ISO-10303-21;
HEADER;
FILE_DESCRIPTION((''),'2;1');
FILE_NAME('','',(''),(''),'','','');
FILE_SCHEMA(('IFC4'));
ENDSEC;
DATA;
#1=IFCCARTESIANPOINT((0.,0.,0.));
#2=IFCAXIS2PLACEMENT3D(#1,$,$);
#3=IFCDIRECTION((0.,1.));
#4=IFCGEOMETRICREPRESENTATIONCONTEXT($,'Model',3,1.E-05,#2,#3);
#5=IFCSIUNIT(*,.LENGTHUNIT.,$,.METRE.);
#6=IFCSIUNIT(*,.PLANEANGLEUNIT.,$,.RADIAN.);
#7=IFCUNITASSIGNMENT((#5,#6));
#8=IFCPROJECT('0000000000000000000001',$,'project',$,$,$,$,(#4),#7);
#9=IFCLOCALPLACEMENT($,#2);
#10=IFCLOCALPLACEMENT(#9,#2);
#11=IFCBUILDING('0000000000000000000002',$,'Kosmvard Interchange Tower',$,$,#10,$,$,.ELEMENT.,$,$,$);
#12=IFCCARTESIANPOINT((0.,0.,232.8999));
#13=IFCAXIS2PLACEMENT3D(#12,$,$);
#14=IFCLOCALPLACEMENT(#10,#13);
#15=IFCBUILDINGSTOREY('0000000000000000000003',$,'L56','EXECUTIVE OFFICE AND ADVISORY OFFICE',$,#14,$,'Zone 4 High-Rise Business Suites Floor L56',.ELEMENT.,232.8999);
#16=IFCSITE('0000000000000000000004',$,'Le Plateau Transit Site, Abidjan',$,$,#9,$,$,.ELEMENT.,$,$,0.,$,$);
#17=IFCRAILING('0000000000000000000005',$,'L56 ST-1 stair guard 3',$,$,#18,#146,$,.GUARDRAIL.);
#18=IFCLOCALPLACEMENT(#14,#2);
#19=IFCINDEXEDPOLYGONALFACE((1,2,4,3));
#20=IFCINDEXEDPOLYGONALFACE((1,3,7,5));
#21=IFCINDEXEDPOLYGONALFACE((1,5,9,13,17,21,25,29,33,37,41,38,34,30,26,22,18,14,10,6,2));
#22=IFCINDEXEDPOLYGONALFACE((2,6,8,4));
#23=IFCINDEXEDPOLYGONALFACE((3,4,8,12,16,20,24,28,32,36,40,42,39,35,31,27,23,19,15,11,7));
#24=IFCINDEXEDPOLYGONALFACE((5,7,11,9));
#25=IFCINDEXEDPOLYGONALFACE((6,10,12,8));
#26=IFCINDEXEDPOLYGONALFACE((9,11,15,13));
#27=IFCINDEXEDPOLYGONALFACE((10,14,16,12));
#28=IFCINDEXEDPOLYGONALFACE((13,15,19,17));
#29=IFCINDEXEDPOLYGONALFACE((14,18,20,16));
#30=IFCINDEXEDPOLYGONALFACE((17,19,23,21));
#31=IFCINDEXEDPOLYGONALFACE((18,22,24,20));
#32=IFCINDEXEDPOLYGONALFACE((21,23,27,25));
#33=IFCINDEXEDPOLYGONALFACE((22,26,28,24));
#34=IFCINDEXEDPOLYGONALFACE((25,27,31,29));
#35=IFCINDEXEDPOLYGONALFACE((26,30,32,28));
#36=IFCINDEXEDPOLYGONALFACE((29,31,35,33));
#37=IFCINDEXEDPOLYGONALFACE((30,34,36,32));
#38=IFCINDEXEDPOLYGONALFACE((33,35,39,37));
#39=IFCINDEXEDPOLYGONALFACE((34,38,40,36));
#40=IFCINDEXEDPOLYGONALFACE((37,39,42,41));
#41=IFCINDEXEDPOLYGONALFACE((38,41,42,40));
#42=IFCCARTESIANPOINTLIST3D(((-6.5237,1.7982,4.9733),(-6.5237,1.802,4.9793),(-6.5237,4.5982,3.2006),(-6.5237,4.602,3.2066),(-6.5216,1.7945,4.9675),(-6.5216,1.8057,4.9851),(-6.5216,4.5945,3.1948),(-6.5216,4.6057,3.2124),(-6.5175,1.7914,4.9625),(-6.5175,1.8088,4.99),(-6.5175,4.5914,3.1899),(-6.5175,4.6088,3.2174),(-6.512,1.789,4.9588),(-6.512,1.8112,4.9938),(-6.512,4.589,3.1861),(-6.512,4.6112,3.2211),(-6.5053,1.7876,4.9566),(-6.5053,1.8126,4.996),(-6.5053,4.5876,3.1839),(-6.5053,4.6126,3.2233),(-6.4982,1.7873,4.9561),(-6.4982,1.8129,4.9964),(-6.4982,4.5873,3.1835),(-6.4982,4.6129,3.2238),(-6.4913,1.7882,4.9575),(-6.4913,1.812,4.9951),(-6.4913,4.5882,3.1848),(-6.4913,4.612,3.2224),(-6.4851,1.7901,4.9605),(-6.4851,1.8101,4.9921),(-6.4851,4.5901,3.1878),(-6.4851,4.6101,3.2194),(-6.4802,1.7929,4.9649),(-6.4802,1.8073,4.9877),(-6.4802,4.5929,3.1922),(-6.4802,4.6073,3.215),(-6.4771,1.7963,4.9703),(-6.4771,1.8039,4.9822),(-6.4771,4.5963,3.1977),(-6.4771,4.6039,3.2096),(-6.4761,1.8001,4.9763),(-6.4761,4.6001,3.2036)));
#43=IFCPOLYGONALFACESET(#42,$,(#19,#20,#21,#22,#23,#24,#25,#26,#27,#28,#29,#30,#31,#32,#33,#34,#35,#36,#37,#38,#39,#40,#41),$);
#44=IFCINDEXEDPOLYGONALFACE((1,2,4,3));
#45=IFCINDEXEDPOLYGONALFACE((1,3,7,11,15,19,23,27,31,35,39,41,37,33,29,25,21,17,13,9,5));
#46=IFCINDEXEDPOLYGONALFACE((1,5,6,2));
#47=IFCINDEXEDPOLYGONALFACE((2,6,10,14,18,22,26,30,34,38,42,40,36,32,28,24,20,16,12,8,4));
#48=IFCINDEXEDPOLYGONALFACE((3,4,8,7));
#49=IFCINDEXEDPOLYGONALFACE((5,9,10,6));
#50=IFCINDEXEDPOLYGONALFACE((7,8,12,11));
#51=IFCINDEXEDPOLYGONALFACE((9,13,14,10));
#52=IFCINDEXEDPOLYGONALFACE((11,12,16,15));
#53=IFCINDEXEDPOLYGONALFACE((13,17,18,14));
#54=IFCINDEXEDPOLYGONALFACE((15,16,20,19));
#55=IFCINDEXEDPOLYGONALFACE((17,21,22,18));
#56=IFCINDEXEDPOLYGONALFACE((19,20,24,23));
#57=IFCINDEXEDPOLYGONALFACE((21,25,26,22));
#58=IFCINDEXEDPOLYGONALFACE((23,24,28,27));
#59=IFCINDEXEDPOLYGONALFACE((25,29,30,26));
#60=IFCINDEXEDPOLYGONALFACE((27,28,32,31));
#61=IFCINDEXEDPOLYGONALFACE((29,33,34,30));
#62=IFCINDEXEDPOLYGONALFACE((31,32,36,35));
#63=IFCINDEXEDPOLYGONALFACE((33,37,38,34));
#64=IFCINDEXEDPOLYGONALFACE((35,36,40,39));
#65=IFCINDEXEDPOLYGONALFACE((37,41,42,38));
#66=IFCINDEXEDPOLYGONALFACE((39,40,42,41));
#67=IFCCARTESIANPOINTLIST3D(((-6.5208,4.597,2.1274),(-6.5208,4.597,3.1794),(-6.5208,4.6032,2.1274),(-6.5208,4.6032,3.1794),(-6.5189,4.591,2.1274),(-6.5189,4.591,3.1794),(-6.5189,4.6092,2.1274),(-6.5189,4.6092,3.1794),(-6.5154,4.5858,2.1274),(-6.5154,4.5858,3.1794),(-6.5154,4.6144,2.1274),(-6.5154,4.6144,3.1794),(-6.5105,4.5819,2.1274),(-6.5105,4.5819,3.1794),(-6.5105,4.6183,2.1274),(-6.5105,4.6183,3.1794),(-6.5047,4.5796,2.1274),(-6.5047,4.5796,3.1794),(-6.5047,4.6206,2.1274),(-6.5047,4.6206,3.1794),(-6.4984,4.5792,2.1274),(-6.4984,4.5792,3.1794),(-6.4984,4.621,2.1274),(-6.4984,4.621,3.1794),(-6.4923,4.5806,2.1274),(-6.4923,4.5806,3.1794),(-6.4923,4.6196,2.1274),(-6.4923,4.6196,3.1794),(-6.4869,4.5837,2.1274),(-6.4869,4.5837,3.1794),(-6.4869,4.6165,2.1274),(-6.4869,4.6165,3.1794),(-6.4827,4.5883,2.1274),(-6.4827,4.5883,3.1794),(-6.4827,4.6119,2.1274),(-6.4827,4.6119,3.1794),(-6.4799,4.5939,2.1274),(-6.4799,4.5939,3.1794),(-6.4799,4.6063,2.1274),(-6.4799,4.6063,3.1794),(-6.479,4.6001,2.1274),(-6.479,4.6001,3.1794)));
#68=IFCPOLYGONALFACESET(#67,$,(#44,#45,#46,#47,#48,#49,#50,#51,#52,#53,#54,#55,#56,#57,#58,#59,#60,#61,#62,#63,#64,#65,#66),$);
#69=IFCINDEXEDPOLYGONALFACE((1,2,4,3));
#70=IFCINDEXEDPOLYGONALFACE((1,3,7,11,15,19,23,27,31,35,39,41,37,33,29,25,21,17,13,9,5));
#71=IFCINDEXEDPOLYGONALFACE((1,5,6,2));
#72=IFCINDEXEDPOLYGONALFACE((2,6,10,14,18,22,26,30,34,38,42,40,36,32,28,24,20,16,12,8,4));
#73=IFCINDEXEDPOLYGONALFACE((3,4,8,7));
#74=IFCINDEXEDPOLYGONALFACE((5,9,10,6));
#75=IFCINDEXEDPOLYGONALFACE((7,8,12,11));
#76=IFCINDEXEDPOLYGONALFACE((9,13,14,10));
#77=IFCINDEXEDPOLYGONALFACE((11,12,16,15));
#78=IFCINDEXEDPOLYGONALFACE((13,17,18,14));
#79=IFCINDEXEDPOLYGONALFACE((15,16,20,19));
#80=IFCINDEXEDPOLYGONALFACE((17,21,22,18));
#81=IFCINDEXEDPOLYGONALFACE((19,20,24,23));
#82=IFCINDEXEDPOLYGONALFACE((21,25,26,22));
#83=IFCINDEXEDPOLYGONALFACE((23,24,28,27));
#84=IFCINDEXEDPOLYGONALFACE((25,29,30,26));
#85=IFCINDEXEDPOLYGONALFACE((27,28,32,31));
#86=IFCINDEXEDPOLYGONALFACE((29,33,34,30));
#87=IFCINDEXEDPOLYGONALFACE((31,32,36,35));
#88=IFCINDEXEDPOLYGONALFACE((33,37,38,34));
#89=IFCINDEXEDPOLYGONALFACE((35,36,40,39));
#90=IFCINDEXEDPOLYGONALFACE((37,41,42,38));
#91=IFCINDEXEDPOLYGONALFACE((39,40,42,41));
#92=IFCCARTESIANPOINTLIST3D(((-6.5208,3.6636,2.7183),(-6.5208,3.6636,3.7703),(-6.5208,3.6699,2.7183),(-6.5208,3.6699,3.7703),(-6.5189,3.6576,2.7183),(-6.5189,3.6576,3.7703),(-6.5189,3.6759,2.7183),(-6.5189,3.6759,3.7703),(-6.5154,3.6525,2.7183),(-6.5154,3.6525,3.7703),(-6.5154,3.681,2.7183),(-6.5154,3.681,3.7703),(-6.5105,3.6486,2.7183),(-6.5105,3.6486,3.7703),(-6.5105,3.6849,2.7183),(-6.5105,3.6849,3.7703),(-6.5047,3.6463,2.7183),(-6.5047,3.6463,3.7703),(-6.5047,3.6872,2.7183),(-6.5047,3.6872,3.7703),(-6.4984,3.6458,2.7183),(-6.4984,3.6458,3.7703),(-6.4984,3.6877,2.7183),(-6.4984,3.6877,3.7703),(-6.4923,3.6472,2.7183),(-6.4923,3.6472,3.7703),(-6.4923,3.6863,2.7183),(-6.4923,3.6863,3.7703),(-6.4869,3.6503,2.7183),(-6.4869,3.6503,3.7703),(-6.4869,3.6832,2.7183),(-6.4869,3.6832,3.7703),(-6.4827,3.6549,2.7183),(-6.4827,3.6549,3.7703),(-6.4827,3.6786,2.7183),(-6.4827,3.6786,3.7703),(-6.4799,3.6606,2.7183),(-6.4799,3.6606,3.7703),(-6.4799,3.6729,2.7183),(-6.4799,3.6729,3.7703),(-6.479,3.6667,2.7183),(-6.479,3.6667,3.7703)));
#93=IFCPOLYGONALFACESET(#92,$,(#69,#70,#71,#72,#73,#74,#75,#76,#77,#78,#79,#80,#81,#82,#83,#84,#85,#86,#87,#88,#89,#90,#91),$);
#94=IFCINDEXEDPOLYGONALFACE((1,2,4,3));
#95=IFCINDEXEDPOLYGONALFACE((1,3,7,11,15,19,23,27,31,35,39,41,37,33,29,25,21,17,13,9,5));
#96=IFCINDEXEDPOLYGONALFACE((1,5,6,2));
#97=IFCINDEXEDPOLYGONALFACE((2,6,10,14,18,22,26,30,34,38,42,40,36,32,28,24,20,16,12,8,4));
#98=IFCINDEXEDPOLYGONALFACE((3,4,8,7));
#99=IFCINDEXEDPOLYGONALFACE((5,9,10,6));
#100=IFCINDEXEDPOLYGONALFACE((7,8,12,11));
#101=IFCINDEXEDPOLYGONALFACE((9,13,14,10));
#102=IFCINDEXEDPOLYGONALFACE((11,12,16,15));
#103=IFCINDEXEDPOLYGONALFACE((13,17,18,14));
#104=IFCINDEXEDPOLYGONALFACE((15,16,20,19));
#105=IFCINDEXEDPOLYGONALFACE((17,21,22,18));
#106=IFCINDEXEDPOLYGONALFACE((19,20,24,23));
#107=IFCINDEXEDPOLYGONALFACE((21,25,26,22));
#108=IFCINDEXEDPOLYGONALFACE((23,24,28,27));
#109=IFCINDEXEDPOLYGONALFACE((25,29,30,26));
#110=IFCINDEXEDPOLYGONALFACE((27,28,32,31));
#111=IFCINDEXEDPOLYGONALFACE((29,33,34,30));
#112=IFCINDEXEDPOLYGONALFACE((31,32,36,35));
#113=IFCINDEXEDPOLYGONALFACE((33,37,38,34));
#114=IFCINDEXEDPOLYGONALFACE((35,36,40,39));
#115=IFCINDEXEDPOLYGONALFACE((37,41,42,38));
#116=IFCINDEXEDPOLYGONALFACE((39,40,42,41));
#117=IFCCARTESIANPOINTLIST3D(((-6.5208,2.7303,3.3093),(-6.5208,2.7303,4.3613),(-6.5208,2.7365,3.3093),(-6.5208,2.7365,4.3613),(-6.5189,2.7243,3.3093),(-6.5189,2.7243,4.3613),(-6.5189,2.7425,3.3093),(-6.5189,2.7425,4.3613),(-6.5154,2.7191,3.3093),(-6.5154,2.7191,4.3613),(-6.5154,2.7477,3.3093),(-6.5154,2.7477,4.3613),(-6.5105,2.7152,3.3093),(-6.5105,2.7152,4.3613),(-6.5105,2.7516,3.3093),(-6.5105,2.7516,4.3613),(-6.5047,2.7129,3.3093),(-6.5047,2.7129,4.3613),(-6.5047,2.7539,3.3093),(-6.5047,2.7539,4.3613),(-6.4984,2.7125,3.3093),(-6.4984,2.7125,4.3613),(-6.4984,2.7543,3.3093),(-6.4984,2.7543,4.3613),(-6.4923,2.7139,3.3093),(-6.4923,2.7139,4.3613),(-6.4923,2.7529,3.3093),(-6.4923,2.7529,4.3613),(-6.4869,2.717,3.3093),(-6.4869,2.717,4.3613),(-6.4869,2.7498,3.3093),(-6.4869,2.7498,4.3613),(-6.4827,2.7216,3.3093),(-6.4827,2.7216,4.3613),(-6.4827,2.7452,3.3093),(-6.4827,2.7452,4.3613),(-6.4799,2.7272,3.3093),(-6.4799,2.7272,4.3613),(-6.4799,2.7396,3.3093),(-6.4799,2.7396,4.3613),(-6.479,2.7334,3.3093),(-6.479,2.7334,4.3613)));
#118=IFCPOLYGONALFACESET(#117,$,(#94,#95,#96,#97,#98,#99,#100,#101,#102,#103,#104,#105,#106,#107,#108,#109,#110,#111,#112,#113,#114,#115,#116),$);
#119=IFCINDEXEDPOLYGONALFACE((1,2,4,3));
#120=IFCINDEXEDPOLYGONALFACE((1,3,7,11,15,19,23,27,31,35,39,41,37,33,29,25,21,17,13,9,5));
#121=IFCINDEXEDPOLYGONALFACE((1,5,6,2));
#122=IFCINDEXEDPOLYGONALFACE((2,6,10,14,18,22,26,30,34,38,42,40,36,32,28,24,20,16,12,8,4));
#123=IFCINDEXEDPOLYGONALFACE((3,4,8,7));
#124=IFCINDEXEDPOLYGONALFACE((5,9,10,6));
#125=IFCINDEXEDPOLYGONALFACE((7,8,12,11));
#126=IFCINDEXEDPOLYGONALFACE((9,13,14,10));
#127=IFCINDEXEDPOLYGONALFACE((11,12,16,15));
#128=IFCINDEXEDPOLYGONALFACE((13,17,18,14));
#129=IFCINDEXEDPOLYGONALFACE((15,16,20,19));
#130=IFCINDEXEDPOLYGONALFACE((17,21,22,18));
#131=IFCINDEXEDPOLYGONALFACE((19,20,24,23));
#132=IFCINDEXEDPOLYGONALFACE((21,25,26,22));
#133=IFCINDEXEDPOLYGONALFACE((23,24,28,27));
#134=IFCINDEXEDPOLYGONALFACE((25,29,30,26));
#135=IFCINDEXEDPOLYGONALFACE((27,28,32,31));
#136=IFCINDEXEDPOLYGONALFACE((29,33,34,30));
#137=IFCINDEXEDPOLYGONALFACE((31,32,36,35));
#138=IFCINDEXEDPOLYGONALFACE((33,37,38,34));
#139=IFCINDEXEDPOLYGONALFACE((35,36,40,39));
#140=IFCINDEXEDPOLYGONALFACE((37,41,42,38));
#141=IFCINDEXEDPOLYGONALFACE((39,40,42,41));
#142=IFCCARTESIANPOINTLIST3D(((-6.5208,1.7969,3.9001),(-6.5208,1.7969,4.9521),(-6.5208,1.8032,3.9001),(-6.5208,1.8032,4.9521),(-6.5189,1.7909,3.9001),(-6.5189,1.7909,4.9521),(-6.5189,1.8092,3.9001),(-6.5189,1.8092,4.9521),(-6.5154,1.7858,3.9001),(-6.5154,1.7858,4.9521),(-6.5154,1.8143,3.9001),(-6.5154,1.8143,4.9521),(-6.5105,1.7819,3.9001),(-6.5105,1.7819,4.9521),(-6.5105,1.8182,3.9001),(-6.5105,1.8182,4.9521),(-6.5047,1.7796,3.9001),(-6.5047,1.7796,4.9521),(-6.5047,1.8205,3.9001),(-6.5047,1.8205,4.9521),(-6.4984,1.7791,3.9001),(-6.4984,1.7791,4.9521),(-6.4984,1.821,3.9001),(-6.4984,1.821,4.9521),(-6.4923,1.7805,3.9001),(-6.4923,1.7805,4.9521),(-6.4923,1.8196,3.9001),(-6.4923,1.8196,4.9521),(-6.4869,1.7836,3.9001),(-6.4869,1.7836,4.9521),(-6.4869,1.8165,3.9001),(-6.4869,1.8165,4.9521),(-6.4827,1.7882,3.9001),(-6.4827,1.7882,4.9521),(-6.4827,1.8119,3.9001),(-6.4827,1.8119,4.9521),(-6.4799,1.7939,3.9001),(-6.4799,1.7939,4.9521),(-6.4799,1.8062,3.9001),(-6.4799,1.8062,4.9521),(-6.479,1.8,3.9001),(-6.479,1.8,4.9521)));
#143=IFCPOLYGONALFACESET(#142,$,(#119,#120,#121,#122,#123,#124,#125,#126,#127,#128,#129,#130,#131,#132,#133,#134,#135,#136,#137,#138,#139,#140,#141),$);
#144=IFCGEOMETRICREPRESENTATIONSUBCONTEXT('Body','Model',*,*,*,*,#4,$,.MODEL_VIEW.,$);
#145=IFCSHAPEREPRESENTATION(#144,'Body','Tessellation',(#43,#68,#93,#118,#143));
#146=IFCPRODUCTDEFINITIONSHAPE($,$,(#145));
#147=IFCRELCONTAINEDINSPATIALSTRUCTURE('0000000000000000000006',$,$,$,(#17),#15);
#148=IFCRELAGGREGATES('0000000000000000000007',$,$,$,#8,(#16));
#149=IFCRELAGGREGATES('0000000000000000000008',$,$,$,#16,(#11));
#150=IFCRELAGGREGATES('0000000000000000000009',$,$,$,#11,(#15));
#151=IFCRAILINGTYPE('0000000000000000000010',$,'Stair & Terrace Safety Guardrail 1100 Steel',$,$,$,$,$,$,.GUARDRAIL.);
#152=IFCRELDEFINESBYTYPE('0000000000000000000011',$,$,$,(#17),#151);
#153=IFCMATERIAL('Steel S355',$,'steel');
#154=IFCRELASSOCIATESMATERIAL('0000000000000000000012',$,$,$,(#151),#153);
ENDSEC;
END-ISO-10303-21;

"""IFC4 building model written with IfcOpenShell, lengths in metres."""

from ifc_helpers import new_model, si_unit, direction, frame, origin, origin_2d, place, context, subcontext, project, spatial, circle, extrude, source, transform, mapped, material, type_object, element, save


model = new_model("IFC4")

# Units and contexts
model_context = context("Model", 3, precision=1e-05, world=origin(), true_north=direction((0.0, 1.0)))
body_context = subcontext(model_context, "Body", "Model", "MODEL_VIEW")
ifc_project = project(units=[si_unit("LENGTHUNIT", "METRE"), si_unit("PLANEANGLEUNIT", "RADIAN")], contexts=[model_context])

# Site, building, storey
site_placement = place(None, origin())
site = spatial("IfcSite", under=ifc_project, at=site_placement, Name="Le Plateau Transit Site, Abidjan", CompositionType="ELEMENT", RefElevation=0.0)
building_placement = place(site_placement, origin())
building = spatial("IfcBuilding", under=site, at=building_placement, Name="Kosmvard Interchange Tower", CompositionType="ELEMENT")
storey_placement = place(building_placement, frame((0.0, 0.0, 232.8999)))
storey = spatial("IfcBuildingStorey", under=building, at=storey_placement, Name="L56", Description="EXECUTIVE OFFICE AND ADVISORY OFFICE", LongName="Zone 4 High-Rise Business Suites Floor L56", CompositionType="ELEMENT", Elevation=232.8999)

# Railing
ifc_material_1 = material(Name="Steel S355", Category="steel")
railing_type_1 = type_object("IfcRailingType", Name="Stair & Terrace Safety Guardrail 1100 Steel", PredefinedType="GUARDRAIL", material=ifc_material_1)
shared_shape_1 = source(origin(), body_context, "Body", "SweptSolid", [
    extrude(circle(Radius=0.0239, at=origin_2d()), frame((0.0, 0.0, 1.0762), z_axis=(0.0, -0.844909, 0.53491), x_axis=(1.0, 0.0, 0.0)), (0.0, 0.0, 1.0), 3.314),
    extrude(circle(Radius=0.021, at=origin_2d()), origin(), (0.0, 0.0, 1.0), 1.052),
    extrude(circle(Radius=0.021, at=origin_2d()), frame((0.0, -0.9333, 0.5908)), (0.0, 0.0, 1.0), 1.052),
    extrude(circle(Radius=0.021, at=origin_2d()), frame((0.0, -1.8667, 1.1819)), (0.0, 0.0, 1.0), 1.052),
    extrude(circle(Radius=0.021, at=origin_2d()), frame((0.0, -2.8, 1.7727)), (0.0, 0.0, 1.0), 1.052),
])
railing_1_placement = place(storey_placement, frame((-6.5, 4.6001, 2.1274)))
element("IfcRailing", 1, at=railing_1_placement, inside=storey, type_object=railing_type_1, Name="L56 ST-1 stair guard 3", PredefinedType="GUARDRAIL", context=body_context, shape_type="MappedRepresentation", body=[
    mapped(shared_shape_1, transform((0.0, 0.0, 0.0), scale=1.0)),
])

save(model, "model.ifc")
